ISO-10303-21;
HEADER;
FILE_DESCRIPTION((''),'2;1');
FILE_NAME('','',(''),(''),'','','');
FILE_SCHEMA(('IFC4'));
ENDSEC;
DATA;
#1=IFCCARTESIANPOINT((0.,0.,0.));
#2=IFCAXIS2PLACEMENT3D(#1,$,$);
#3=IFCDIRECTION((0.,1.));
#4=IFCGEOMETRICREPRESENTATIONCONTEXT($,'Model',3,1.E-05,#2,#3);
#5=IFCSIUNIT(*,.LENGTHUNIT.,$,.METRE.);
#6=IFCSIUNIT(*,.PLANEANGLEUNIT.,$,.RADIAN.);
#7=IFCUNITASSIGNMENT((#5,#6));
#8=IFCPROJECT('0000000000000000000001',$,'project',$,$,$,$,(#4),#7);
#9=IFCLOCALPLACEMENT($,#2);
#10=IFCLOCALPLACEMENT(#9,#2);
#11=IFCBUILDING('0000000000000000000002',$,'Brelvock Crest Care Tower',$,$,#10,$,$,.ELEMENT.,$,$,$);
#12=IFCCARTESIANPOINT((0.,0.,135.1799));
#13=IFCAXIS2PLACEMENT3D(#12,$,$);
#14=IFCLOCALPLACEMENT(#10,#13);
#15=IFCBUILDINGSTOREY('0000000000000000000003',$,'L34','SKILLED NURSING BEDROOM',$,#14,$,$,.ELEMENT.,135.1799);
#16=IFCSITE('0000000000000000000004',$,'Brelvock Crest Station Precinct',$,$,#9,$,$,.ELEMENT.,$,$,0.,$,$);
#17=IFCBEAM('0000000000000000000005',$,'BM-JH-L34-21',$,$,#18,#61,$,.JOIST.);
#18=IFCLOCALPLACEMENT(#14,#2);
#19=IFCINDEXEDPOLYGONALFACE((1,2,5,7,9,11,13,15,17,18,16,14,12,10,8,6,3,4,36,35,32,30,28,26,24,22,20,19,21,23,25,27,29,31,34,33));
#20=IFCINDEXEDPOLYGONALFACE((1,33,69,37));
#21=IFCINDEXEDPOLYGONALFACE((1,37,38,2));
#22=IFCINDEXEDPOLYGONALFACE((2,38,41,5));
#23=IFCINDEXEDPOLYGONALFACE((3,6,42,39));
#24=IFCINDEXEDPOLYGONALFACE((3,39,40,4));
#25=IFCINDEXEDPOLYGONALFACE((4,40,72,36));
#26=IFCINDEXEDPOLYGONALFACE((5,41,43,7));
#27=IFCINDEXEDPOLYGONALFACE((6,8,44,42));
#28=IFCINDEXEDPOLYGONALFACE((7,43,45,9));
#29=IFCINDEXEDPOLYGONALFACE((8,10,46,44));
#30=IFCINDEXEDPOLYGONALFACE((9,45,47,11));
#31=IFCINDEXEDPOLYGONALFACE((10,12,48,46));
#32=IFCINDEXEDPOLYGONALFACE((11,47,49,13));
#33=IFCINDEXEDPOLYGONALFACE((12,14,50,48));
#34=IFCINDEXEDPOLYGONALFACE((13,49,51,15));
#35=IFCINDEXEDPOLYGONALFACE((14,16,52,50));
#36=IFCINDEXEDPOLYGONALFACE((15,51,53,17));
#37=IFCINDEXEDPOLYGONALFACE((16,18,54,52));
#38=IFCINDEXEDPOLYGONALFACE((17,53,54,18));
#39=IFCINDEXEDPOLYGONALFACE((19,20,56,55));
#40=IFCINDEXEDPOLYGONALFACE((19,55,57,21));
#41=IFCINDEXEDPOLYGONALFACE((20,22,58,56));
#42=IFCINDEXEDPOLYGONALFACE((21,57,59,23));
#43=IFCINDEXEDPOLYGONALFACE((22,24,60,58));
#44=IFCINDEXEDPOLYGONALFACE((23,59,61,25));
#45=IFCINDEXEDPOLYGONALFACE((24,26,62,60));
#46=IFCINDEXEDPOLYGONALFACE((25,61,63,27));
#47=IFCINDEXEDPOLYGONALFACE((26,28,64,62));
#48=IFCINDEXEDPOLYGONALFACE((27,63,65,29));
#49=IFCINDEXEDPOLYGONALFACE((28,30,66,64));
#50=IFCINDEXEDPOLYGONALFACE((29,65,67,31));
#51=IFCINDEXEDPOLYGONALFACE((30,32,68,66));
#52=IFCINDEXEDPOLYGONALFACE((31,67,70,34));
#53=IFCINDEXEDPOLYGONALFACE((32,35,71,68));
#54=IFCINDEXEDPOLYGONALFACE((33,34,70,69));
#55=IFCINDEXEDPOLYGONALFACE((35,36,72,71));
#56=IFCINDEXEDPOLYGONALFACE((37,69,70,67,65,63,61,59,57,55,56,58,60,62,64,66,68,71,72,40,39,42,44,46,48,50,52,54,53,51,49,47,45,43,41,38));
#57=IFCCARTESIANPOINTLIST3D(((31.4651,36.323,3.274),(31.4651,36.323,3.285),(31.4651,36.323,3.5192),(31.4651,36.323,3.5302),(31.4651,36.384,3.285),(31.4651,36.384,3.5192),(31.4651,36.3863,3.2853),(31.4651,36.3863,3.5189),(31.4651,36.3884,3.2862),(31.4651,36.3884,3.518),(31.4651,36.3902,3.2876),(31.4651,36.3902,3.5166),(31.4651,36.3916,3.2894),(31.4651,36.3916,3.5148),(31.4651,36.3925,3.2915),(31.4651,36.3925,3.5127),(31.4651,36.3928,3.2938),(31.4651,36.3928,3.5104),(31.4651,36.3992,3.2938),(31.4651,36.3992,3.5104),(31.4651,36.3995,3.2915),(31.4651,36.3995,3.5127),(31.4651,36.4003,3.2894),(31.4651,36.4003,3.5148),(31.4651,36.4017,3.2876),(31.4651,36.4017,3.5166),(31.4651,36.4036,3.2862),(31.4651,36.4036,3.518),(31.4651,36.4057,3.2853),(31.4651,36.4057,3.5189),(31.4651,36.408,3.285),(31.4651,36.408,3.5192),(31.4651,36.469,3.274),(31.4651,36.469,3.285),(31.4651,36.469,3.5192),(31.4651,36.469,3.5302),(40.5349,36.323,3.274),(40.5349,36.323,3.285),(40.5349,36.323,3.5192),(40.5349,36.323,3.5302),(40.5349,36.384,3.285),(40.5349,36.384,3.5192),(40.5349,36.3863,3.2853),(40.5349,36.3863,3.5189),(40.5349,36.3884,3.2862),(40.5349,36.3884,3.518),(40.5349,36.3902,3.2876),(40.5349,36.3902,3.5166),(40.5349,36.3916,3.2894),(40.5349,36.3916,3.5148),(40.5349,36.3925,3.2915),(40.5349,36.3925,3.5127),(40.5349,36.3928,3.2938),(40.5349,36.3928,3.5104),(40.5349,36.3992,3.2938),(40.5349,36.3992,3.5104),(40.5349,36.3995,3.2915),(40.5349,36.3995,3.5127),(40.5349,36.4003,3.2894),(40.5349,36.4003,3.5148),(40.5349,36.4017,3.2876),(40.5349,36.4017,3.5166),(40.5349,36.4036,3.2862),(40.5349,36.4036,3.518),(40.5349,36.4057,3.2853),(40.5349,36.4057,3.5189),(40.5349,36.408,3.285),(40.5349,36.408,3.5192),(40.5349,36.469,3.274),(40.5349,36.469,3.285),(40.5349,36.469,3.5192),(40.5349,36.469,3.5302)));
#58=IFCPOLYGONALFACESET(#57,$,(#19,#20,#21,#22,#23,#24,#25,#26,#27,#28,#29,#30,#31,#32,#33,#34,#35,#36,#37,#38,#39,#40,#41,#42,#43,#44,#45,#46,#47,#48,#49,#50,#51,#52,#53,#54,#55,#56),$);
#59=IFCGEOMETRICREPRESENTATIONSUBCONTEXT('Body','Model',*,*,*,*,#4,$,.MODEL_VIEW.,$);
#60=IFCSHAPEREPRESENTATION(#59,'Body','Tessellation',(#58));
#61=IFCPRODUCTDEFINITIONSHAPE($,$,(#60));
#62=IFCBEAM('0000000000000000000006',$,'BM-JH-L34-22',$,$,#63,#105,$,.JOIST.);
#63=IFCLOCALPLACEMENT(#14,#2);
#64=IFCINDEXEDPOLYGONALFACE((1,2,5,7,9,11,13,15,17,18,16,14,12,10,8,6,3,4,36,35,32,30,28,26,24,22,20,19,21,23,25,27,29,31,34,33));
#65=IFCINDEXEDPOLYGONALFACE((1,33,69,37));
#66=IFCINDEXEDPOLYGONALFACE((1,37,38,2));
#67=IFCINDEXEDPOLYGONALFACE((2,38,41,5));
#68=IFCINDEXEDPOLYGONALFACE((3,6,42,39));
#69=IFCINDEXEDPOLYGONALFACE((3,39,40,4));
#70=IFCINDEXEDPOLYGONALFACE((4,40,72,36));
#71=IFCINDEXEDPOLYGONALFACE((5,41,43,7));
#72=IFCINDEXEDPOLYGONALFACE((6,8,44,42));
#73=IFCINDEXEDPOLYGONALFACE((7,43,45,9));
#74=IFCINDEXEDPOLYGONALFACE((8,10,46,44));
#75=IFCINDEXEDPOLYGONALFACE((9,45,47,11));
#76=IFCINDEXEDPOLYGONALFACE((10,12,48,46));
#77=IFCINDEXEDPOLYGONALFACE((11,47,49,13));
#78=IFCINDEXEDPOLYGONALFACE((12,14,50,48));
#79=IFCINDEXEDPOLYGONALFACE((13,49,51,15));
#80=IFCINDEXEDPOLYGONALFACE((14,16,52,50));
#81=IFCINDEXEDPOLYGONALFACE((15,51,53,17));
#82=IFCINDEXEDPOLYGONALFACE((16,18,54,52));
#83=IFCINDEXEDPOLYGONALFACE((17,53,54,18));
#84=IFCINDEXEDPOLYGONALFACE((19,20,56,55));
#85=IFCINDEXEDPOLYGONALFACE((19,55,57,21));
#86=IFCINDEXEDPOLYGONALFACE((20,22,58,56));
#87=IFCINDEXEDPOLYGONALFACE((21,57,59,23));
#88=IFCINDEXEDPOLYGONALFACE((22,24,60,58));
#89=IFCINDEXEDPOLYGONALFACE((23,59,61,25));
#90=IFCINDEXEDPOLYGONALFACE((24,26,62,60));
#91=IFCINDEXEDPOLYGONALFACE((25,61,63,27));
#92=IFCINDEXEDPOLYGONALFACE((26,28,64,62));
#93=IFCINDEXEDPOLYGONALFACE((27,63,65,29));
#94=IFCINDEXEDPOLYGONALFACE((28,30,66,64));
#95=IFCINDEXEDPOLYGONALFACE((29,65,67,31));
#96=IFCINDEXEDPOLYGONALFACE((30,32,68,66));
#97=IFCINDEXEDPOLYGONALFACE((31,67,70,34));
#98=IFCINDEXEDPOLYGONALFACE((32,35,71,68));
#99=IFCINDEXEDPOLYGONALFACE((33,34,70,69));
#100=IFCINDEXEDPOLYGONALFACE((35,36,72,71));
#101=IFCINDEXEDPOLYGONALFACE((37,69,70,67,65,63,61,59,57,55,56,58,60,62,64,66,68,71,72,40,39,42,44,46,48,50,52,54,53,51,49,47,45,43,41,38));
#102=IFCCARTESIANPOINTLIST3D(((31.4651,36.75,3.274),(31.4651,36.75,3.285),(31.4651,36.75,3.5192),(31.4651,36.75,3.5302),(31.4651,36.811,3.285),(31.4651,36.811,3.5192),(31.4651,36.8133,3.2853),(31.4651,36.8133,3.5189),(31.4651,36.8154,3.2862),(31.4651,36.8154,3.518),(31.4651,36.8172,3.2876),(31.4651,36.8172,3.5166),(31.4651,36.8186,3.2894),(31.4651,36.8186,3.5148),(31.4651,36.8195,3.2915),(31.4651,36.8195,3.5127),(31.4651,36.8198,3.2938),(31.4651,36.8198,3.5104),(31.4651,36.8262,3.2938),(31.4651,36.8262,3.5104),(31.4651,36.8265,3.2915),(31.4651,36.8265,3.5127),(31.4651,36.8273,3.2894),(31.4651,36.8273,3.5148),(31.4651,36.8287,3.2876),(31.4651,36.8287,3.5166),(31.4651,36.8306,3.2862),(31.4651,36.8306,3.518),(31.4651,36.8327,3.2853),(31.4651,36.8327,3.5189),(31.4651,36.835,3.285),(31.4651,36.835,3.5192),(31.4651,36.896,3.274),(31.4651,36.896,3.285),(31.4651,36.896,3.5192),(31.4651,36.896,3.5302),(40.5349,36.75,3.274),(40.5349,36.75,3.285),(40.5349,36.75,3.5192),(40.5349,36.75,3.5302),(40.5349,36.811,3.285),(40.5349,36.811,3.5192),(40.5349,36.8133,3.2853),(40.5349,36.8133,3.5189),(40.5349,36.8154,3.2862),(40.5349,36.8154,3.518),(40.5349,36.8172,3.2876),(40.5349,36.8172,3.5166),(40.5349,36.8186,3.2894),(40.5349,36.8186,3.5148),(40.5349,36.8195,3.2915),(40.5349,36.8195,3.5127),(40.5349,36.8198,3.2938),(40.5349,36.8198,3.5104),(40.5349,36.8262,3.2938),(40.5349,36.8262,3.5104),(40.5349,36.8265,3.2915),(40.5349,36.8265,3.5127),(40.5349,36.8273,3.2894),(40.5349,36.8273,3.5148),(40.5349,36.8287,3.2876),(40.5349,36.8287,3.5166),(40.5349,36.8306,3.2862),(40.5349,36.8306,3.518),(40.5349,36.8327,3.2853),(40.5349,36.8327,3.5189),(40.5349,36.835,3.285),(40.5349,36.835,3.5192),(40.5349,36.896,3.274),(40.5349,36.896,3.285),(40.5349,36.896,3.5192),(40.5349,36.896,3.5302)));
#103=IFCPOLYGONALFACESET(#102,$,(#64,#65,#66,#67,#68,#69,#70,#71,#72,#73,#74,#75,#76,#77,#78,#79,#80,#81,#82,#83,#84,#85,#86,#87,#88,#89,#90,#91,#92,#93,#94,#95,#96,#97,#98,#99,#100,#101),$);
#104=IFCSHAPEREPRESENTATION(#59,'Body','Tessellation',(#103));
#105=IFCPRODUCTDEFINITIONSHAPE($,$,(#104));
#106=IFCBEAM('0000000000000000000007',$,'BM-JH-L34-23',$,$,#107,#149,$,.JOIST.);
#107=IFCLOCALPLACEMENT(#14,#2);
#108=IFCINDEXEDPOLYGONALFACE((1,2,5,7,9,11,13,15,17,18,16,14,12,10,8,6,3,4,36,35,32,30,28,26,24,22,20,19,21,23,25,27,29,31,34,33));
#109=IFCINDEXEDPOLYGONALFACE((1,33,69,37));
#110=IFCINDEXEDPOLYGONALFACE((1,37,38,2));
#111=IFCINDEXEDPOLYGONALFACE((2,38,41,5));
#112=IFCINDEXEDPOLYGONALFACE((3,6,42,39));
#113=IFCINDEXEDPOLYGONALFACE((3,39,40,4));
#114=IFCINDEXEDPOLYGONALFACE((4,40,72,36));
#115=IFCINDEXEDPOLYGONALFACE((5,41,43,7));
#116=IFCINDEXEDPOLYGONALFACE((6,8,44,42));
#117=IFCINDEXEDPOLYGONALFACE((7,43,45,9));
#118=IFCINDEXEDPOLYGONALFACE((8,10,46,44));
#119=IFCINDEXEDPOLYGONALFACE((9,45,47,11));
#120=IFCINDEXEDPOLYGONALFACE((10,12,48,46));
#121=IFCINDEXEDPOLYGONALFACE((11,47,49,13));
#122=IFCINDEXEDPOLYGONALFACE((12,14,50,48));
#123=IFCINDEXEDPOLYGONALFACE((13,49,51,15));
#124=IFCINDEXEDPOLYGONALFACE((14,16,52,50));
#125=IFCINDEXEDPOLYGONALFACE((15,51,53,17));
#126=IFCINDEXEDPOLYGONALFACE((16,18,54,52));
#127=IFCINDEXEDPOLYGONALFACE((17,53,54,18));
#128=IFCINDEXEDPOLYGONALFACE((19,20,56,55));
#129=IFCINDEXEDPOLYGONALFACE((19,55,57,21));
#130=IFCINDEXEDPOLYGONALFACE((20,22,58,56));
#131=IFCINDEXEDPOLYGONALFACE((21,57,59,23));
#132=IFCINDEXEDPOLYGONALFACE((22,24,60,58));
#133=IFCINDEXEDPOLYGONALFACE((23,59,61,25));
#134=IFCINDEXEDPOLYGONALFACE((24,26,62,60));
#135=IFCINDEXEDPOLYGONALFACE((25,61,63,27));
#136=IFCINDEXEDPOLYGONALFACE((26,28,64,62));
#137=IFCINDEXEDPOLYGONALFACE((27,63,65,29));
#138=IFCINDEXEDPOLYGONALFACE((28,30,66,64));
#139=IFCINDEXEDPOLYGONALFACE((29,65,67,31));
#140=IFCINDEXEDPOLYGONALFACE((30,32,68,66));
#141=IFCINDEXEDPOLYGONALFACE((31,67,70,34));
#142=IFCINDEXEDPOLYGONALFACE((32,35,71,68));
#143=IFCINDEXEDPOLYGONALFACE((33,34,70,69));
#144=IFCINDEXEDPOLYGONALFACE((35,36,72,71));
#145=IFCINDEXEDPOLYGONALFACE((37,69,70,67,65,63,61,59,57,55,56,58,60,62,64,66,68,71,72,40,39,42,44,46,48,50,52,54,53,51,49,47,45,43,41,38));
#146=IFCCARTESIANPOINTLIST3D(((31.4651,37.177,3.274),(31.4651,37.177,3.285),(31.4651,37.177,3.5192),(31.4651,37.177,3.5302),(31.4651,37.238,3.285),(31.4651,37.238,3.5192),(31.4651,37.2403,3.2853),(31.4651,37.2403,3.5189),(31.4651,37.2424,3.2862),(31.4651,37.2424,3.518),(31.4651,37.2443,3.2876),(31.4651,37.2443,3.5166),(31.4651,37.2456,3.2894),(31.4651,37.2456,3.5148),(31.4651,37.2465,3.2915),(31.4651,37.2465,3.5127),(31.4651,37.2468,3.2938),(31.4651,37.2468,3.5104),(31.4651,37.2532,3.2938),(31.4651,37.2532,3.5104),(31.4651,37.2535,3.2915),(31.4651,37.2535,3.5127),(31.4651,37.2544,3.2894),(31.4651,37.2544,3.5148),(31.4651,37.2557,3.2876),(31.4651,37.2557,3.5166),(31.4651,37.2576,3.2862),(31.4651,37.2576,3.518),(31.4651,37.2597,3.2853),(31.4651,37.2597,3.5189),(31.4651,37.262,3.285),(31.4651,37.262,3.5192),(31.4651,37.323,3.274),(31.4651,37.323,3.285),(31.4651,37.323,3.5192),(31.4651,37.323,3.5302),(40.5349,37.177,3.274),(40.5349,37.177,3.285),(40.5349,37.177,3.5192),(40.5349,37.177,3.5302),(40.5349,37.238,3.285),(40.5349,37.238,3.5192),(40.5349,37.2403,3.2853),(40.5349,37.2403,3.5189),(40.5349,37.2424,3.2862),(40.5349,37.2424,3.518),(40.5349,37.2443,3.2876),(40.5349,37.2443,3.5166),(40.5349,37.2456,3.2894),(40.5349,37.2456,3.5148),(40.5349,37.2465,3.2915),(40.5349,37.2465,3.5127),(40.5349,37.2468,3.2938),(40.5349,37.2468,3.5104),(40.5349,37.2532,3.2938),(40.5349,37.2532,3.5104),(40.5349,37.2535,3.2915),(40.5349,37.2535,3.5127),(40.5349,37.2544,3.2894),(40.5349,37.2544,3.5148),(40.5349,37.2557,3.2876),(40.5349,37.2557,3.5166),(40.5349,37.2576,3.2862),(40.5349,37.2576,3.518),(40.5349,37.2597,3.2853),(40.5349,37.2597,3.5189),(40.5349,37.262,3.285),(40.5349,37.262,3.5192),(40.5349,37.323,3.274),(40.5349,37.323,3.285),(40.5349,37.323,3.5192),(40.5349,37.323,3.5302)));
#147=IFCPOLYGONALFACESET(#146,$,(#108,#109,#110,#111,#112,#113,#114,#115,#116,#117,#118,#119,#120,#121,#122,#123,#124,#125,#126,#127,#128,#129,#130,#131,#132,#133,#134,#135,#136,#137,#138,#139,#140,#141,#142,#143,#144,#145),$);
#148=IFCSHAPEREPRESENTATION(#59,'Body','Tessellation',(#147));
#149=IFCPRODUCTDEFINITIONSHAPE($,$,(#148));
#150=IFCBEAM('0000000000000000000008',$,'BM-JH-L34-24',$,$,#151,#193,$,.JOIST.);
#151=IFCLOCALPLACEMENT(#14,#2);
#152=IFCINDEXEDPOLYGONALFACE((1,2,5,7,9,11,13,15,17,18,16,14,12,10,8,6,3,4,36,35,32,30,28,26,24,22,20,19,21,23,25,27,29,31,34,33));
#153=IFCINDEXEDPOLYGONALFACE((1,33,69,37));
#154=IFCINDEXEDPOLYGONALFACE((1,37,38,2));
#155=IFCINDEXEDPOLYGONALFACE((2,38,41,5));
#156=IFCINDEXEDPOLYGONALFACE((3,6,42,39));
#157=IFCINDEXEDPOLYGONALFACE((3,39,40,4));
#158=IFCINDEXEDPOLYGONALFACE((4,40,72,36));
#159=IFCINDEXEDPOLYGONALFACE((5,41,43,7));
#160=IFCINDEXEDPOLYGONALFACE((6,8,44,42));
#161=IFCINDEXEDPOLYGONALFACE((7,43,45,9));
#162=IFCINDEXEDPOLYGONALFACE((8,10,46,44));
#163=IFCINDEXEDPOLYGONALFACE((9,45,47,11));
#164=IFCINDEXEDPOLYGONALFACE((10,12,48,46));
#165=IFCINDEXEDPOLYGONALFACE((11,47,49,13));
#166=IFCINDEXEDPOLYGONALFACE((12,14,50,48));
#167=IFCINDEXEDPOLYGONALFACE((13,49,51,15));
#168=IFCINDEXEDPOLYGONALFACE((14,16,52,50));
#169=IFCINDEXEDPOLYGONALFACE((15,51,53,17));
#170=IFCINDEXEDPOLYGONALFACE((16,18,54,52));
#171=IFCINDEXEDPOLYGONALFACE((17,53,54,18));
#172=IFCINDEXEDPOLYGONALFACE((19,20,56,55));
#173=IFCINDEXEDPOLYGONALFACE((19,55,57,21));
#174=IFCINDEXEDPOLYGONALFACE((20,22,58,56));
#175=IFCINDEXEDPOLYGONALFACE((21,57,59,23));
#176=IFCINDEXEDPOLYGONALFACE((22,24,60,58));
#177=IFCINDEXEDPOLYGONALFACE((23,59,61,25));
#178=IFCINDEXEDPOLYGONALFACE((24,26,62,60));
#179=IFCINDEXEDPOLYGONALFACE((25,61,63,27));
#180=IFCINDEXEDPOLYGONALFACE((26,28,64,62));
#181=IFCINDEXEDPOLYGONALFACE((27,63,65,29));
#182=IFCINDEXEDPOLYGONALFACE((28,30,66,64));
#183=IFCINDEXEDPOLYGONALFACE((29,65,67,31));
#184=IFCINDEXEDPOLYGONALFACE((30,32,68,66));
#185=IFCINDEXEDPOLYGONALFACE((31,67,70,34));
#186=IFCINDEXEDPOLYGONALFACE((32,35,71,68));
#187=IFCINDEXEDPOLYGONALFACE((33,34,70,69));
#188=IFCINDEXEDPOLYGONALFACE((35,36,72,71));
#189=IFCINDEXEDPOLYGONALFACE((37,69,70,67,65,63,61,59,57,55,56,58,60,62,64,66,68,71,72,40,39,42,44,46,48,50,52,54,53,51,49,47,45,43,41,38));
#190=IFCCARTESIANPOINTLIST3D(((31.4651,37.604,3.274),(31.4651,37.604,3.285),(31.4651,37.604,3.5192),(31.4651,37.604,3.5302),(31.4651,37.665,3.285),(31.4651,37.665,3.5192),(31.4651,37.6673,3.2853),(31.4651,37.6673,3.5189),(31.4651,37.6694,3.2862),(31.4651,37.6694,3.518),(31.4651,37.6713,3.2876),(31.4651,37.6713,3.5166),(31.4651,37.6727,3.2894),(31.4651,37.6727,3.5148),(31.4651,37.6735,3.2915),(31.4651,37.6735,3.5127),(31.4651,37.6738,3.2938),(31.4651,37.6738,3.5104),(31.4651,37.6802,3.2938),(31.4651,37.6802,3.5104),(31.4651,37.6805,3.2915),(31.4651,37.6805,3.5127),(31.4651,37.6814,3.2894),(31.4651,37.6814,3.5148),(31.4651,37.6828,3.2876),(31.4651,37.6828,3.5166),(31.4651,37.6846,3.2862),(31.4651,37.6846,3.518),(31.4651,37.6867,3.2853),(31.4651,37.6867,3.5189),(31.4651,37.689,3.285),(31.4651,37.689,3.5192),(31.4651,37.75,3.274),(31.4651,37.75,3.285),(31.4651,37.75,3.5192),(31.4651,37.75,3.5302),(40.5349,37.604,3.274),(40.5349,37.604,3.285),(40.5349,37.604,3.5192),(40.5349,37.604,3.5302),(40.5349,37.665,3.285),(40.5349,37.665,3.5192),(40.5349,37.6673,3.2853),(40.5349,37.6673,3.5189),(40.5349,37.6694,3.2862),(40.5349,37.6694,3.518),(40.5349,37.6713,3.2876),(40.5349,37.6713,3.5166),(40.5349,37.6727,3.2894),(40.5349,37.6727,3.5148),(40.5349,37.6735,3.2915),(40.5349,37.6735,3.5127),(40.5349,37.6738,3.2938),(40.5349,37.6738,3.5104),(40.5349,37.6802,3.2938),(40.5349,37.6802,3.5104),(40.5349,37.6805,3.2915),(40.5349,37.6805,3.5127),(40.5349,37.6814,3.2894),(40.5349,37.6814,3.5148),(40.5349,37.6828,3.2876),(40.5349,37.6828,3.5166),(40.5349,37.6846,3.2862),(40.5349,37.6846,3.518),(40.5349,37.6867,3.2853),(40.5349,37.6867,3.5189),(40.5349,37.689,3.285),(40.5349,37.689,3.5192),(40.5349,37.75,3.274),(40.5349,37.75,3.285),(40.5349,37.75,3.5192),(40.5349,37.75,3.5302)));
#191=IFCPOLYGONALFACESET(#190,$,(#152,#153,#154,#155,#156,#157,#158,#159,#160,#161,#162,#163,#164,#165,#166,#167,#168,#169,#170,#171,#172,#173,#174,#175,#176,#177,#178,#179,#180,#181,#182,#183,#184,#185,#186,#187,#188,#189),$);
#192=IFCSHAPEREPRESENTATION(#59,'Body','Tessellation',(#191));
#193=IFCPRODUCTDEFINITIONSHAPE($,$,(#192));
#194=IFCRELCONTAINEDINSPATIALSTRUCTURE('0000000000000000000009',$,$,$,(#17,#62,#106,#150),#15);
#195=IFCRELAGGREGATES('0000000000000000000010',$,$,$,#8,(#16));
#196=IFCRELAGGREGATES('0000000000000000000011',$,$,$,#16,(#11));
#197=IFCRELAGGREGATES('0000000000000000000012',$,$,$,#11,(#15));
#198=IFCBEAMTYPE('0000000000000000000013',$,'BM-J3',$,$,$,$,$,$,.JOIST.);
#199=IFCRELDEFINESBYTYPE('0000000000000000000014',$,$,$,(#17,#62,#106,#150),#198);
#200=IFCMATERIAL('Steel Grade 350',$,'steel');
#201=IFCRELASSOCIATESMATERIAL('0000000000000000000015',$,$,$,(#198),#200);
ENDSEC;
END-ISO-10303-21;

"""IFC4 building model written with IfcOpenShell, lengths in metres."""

from ifc_helpers import new_model, si_unit, direction, frame, origin, origin_2d, place, context, subcontext, project, spatial, i_section, extrude, source, transform, mapped, material, material_profile, profile_set, type_object, element, save


model = new_model("IFC4")

# Units and contexts
model_context = context("Model", 3, precision=1e-05, world=origin(), true_north=direction((0.0, 1.0)))
body_context = subcontext(model_context, "Body", "Model", "MODEL_VIEW")
ifc_project = project(units=[si_unit("LENGTHUNIT", "METRE"), si_unit("PLANEANGLEUNIT", "RADIAN")], contexts=[model_context])

# Site, building, storey
site_placement = place(None, origin())
site = spatial("IfcSite", under=ifc_project, at=site_placement, Name="Brelvock Crest Station Precinct", CompositionType="ELEMENT", RefElevation=0.0)
building_placement = place(site_placement, origin())
building = spatial("IfcBuilding", under=site, at=building_placement, Name="Brelvock Crest Care Tower", CompositionType="ELEMENT")
storey_placement = place(building_placement, frame((0.0, 0.0, 135.1799)))
storey = spatial("IfcBuildingStorey", under=building, at=storey_placement, Name="L34", Description="SKILLED NURSING BEDROOM", CompositionType="ELEMENT", Elevation=135.1799)

# Beams
ifc_material = material(Name="Steel Grade 350", Category="steel")
ifc_material_profile = material_profile(ifc_material, i_section(OverallWidth=0.146, OverallDepth=0.2561, WebThickness=0.0063, FlangeThickness=0.011, FilletRadius=0.0088, at=origin_2d()), Name="250UB37.3")
ifc_profile_set = profile_set([ifc_material_profile], Name="Steel Grade 350")
beam_type = type_object("IfcBeamType", Name="BM-J3", PredefinedType="JOIST", material=ifc_profile_set)
shared_shape = source(origin(), body_context, "Body", "SweptSolid", [
    extrude(i_section(OverallWidth=0.146, OverallDepth=0.2561, WebThickness=0.0063, FlangeThickness=0.011, FilletRadius=0.0088, at=origin_2d()), origin(), (0.0, 0.0, 1.0), 9.0698),
])
for number, where, z_axis, x_axis, name in (
    (1, (31.4651, 36.396, 3.4021), (1.0, 0.0, 0.0), (0.0, 1.0, 0.0), "BM-JH-L34-21"),
    (2, (31.4651, 36.823, 3.4021), (1.0, 0.0, 0.0), (0.0, 1.0, 0.0), "BM-JH-L34-22"),
    (3, (31.4651, 37.25, 3.4021), (1.0, 0.0, 0.0), (0.0, 1.0, 0.0), "BM-JH-L34-23"),
    (4, (31.4651, 37.677, 3.4021), (1.0, 0.0, 0.0), (0.0, 1.0, 0.0), "BM-JH-L34-24"),
):
    element("IfcBeam", number, at=place(storey_placement, frame(where, z_axis=z_axis, x_axis=x_axis)), inside=storey, type_object=beam_type, Name=name, PredefinedType="JOIST", context=body_context, shape_type="MappedRepresentation", body=[
        mapped(shared_shape, transform((0.0, 0.0, 0.0), x_axis=(1.0, 0.0, 0.0), y_axis=(0.0, 1.0, 0.0), z_axis=(0.0, 0.0, 1.0), scale=1.0)),
    ])

save(model, "model.ifc")
